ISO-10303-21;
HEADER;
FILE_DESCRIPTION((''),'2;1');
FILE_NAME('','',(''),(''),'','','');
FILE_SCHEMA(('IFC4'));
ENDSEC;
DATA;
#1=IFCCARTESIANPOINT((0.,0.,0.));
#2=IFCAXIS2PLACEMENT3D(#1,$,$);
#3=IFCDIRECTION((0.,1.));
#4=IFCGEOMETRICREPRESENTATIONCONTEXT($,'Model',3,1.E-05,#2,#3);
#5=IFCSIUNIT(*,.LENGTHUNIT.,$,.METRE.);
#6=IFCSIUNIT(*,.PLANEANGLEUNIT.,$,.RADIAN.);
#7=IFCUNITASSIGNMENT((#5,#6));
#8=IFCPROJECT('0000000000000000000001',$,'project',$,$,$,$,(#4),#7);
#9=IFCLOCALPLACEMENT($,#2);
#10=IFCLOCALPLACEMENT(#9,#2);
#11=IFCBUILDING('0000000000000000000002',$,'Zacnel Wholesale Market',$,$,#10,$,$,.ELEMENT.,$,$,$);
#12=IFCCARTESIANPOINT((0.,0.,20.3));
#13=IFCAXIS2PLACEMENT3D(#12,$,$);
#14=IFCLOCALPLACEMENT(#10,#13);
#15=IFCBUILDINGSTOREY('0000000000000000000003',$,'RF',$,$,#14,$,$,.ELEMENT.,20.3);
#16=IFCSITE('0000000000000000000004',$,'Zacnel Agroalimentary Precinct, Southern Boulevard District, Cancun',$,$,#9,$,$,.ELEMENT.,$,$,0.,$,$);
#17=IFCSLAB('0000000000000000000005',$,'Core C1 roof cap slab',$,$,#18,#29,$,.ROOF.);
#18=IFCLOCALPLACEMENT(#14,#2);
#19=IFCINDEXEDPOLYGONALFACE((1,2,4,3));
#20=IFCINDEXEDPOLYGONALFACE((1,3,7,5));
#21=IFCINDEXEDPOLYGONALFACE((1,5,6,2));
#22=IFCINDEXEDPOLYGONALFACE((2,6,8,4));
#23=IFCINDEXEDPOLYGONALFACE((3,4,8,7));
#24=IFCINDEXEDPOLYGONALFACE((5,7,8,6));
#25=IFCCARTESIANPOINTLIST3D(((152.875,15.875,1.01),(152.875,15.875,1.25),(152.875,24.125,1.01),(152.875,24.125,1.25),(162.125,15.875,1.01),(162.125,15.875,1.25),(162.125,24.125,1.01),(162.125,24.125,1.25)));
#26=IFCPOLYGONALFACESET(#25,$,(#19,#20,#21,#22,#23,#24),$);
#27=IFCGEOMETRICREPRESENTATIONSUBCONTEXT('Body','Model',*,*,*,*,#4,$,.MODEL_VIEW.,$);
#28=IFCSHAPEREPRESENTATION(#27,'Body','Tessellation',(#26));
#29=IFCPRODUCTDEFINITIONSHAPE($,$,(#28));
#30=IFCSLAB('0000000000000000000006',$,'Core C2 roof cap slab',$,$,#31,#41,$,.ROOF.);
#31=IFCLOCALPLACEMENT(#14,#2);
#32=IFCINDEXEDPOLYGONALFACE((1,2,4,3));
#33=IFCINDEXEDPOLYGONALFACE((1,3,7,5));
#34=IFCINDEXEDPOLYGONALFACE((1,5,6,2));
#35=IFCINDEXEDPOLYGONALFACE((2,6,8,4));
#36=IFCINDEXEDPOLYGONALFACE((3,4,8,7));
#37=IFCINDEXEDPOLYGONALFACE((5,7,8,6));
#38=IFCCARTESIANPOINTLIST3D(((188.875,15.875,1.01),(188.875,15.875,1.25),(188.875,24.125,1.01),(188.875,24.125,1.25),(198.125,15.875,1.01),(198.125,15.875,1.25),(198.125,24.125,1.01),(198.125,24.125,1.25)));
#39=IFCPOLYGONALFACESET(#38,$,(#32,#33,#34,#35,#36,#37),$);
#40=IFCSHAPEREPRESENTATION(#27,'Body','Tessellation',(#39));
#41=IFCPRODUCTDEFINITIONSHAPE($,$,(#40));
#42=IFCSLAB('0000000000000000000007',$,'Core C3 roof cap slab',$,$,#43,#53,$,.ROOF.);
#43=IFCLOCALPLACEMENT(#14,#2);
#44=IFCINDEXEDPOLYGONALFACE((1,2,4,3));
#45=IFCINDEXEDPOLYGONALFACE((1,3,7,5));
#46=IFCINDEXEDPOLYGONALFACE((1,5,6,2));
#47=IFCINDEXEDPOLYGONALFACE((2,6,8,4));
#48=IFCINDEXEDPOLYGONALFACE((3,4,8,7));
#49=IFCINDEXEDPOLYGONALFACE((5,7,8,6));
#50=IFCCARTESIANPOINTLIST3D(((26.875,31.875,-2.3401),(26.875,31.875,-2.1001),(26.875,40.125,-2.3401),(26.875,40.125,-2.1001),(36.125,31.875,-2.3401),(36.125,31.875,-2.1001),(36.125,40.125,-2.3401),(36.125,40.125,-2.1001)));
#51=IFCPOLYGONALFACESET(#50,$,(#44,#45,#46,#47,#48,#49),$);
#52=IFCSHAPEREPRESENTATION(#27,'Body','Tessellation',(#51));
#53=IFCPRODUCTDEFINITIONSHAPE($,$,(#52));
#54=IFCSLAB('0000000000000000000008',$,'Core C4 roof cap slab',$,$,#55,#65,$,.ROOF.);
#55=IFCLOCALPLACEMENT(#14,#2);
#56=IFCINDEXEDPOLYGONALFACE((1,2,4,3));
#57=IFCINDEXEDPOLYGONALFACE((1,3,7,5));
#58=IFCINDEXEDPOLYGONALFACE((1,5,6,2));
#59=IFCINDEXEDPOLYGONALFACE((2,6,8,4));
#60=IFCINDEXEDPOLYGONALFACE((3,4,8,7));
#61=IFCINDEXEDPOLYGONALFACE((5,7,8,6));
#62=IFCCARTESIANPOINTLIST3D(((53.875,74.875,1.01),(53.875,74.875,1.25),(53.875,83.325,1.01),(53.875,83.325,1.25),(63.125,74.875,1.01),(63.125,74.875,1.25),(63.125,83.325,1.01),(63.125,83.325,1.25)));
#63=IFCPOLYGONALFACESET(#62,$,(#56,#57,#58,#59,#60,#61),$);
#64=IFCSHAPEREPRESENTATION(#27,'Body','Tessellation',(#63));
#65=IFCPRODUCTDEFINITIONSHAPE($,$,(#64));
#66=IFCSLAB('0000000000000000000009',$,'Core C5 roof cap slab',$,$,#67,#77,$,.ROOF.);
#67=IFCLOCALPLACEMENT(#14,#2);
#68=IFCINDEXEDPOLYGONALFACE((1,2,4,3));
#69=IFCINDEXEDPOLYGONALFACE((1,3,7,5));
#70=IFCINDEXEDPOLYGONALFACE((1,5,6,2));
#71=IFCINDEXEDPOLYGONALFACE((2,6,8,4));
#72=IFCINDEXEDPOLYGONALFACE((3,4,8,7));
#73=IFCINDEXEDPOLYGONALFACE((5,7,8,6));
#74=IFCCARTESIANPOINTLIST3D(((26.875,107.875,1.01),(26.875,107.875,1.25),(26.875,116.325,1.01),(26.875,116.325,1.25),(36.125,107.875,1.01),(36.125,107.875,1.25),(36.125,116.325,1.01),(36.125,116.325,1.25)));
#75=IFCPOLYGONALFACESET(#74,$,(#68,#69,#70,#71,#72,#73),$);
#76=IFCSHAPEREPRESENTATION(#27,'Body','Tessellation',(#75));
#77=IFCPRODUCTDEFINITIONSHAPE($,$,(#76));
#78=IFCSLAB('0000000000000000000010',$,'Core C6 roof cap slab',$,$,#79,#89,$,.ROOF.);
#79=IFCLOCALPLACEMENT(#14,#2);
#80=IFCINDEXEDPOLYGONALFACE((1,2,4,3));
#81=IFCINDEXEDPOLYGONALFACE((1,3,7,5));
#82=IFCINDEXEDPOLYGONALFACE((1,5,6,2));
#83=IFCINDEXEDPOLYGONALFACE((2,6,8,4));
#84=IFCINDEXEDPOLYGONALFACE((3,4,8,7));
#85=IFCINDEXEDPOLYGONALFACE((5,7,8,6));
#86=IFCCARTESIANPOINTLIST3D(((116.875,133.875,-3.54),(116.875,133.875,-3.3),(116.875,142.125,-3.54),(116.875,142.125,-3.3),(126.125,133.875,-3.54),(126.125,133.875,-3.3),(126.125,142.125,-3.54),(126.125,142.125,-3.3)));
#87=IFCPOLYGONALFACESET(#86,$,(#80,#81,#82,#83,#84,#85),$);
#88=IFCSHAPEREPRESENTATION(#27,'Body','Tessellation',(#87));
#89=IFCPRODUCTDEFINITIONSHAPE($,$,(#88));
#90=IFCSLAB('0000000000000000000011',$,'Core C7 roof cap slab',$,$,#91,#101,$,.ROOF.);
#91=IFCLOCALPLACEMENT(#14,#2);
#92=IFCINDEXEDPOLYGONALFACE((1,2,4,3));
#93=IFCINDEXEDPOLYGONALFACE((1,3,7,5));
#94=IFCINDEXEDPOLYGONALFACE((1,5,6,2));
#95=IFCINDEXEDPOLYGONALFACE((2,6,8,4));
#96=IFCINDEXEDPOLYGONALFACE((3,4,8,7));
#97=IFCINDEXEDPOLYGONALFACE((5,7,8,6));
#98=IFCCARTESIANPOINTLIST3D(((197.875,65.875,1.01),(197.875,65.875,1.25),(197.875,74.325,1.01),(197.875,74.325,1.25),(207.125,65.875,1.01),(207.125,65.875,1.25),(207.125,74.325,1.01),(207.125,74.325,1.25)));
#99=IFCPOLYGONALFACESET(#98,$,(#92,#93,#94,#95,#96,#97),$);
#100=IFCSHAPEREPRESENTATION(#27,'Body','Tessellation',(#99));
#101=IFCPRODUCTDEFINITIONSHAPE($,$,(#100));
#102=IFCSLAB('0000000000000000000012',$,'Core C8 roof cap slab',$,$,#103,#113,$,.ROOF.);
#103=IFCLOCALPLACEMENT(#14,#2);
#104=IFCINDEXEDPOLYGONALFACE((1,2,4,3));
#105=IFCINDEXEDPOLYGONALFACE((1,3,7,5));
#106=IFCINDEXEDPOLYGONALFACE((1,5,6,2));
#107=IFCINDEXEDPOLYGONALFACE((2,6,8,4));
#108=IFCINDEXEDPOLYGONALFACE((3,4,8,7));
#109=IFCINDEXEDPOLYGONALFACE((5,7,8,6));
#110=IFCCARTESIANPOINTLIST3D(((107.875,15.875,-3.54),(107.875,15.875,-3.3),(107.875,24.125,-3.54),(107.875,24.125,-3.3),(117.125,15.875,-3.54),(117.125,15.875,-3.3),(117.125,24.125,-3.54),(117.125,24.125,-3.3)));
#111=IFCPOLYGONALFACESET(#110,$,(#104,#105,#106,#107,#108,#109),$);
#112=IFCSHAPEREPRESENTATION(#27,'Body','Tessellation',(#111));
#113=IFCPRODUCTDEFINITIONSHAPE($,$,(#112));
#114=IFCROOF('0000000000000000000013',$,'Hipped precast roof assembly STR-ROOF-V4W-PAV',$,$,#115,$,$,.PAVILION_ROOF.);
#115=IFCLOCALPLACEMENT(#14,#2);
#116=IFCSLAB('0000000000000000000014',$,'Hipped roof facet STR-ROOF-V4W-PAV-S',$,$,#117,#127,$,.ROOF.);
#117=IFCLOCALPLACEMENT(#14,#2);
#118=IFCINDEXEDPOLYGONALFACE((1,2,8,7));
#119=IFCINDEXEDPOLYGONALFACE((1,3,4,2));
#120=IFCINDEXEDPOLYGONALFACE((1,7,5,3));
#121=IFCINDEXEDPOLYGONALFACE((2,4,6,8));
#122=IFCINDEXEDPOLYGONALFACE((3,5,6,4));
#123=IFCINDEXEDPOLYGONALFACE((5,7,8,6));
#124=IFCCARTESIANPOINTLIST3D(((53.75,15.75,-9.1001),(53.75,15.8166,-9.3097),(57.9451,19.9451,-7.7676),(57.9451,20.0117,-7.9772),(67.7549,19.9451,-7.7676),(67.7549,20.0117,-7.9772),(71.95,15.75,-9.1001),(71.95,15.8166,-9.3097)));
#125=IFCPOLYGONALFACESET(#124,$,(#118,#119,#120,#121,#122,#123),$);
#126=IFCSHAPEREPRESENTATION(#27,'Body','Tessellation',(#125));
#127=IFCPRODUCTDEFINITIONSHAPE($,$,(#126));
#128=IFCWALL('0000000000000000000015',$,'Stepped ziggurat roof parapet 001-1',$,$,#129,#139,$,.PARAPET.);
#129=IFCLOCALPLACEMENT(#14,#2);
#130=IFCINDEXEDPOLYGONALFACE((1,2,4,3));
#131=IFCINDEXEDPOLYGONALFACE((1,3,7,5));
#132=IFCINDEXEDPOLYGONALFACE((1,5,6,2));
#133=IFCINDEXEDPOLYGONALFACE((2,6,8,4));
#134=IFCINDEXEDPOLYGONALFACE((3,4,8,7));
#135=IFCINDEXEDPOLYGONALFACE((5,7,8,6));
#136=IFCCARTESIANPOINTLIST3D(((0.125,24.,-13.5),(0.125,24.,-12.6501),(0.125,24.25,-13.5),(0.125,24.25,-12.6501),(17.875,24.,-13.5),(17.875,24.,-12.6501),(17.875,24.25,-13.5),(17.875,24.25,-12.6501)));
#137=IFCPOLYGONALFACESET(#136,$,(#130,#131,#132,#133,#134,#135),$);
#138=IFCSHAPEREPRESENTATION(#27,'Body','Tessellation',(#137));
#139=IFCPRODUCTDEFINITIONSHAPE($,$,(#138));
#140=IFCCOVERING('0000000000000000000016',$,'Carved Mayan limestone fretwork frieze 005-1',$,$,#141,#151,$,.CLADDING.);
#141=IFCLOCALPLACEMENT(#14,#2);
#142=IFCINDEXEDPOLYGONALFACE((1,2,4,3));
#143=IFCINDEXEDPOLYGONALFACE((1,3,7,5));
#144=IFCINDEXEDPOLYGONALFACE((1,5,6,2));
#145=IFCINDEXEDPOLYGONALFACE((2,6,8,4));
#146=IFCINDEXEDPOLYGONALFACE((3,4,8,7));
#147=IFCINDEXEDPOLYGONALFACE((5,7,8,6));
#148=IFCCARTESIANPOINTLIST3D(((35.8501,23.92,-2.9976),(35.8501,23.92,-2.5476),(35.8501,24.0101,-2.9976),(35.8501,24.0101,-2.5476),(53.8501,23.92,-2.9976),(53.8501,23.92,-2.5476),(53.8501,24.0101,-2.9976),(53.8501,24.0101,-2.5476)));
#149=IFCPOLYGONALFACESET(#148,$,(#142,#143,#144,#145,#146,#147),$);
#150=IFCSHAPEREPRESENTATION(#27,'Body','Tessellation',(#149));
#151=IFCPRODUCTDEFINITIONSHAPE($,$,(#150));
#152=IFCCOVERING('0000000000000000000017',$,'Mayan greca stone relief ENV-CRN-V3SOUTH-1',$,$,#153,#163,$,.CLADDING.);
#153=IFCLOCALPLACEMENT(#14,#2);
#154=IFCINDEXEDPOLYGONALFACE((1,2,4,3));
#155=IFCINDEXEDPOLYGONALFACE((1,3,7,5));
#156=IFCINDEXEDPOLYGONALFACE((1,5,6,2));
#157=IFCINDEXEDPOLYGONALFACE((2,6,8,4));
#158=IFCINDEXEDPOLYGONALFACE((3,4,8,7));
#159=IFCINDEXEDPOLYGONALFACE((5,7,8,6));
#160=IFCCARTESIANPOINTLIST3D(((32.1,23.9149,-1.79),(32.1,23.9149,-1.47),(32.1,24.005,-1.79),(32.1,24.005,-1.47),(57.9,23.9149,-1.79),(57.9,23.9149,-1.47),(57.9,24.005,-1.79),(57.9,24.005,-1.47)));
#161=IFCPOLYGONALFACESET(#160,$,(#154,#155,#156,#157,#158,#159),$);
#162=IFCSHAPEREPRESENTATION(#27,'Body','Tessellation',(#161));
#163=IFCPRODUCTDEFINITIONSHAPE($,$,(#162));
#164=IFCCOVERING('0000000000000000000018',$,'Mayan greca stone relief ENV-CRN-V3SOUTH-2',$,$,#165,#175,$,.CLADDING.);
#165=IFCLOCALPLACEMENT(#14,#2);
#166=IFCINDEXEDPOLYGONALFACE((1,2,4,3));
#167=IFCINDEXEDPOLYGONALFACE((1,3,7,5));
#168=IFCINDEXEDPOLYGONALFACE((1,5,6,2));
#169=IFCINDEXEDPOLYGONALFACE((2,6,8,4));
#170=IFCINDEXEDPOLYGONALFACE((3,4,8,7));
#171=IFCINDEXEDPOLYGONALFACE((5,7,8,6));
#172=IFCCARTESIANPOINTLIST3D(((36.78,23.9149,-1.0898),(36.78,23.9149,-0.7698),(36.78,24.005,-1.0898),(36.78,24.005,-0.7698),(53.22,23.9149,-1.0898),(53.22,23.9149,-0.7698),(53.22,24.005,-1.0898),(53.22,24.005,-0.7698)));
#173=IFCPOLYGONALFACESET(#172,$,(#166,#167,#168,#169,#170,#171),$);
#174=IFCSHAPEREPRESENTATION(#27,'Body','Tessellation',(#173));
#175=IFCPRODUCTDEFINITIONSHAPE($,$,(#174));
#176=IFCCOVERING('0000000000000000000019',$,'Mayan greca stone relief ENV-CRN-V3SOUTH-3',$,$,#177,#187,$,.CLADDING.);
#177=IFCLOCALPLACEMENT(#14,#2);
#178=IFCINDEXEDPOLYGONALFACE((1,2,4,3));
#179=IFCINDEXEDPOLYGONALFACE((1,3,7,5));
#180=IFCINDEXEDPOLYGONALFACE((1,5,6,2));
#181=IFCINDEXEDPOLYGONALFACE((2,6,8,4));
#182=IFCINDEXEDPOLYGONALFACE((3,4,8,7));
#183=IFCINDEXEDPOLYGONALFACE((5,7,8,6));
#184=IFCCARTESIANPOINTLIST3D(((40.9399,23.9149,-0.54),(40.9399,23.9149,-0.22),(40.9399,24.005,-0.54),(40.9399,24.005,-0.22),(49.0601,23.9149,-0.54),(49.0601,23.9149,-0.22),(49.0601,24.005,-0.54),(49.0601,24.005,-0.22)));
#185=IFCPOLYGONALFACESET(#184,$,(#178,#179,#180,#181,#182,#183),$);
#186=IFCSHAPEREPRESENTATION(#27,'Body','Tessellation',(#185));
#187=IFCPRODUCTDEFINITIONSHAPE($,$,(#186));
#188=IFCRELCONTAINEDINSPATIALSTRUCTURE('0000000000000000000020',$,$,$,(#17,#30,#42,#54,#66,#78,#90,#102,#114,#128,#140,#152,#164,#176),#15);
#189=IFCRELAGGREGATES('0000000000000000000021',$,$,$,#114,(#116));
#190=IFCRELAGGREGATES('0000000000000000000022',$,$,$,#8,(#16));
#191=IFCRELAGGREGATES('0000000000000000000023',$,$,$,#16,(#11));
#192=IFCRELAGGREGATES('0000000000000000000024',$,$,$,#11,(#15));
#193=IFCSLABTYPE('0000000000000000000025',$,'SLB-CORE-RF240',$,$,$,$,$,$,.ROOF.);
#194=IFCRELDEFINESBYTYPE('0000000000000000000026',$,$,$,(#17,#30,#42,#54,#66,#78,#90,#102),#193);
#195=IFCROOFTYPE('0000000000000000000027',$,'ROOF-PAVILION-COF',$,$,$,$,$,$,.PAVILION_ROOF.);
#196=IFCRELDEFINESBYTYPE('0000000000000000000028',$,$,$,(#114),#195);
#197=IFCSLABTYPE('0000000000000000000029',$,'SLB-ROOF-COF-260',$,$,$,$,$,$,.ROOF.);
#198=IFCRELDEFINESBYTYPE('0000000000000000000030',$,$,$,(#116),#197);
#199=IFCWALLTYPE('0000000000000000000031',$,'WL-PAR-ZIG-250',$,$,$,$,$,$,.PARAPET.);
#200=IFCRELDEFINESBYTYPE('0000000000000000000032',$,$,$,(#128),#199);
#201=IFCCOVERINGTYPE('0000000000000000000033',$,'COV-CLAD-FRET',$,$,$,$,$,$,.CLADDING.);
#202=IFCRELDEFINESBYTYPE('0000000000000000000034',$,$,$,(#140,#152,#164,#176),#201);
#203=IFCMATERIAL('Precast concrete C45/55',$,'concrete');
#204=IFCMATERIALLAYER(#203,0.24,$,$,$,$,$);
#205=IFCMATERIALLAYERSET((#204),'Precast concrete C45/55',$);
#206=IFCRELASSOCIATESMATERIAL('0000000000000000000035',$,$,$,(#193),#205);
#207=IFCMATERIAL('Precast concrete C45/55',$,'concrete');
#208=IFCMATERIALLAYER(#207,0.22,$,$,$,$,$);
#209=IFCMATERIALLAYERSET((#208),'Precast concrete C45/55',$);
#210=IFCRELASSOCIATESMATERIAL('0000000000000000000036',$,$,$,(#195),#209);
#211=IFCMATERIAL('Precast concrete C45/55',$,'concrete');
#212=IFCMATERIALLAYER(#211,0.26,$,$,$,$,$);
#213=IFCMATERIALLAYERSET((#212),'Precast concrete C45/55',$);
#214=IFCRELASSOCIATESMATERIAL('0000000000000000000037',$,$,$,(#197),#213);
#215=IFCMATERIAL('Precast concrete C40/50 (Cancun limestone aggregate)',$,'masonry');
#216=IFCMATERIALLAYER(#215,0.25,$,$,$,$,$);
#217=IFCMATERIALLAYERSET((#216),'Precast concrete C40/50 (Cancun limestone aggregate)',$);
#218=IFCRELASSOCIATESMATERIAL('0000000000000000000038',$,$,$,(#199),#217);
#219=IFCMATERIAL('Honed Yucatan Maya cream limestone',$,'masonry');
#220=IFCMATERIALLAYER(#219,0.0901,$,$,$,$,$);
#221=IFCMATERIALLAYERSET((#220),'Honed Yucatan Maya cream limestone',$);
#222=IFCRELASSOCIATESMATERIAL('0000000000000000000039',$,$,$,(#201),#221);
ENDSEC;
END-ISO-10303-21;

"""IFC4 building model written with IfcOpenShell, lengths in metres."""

from ifc_helpers import new_model, si_unit, direction, frame, frame_2d, origin, origin_2d, place, context, subcontext, project, spatial, polyline, rectangle, outline, extrude, material, layer, layer_set, type_object, element, aggregate, save


model = new_model("IFC4")

# Units and contexts
model_context = context("Model", 3, precision=1e-05, world=origin(), true_north=direction((0.0, 1.0)))
body_context = subcontext(model_context, "Body", "Model", "MODEL_VIEW")
ifc_project = project(units=[si_unit("LENGTHUNIT", "METRE"), si_unit("PLANEANGLEUNIT", "RADIAN")], contexts=[model_context])

# Site, building, storey
site_placement = place(None, origin())
site = spatial("IfcSite", under=ifc_project, at=site_placement, Name="Zacnel Agroalimentary Precinct, Southern Boulevard District, Cancun", CompositionType="ELEMENT", RefElevation=0.0)
building_placement = place(site_placement, origin())
building = spatial("IfcBuilding", under=site, at=building_placement, Name="Zacnel Wholesale Market", CompositionType="ELEMENT")
storey_placement = place(building_placement, frame((0.0, 0.0, 20.3)))
storey = spatial("IfcBuildingStorey", under=building, at=storey_placement, Name="RF", CompositionType="ELEMENT", Elevation=20.3)

# Slabs
ifc_material_1 = material(Name="Precast concrete C45/55", Category="concrete")
ifc_layer_1 = layer(ifc_material_1, 0.24)
ifc_layer_set_1 = layer_set([ifc_layer_1], Name="Precast concrete C45/55")
slab_type_1 = type_object("IfcSlabType", Name="SLB-CORE-RF240", PredefinedType="ROOF", material=ifc_layer_set_1)
slab_1_placement = place(storey_placement, frame((0.0, 0.0, 1.01)))
element("IfcSlab", 1, at=slab_1_placement, inside=storey, type_object=slab_type_1, Name="Core C1 roof cap slab", PredefinedType="ROOF", context=body_context, shape_type="SweptSolid", body=[
    extrude(outline(polyline([(152.875, 15.875), (162.125, 15.875), (162.125, 24.125), (152.875, 24.125), (152.875, 15.875)])), origin(), (0.0, 0.0, 1.0), 0.24),
])
slab_2_placement = place(storey_placement, frame((0.0, 0.0, 1.01)))
element("IfcSlab", 2, at=slab_2_placement, inside=storey, type_object=slab_type_1, Name="Core C2 roof cap slab", PredefinedType="ROOF", context=body_context, shape_type="SweptSolid", body=[
    extrude(outline(polyline([(188.875, 15.875), (198.125, 15.875), (198.125, 24.125), (188.875, 24.125), (188.875, 15.875)])), origin(), (0.0, 0.0, 1.0), 0.24),
])
slab_3_placement = place(storey_placement, frame((0.0, 0.0, -2.3401)))
element("IfcSlab", 3, at=slab_3_placement, inside=storey, type_object=slab_type_1, Name="Core C3 roof cap slab", PredefinedType="ROOF", context=body_context, shape_type="SweptSolid", body=[
    extrude(outline(polyline([(26.875, 31.875), (36.125, 31.875), (36.125, 40.125), (26.875, 40.125), (26.875, 31.875)])), origin(), (0.0, 0.0, 1.0), 0.24),
])
slab_4_placement = place(storey_placement, frame((0.0, 0.0, 1.01)))
element("IfcSlab", 4, at=slab_4_placement, inside=storey, type_object=slab_type_1, Name="Core C4 roof cap slab", PredefinedType="ROOF", context=body_context, shape_type="SweptSolid", body=[
    extrude(outline(polyline([(53.875, 74.875), (63.125, 74.875), (63.125, 83.325), (53.875, 83.325), (53.875, 74.875)])), origin(), (0.0, 0.0, 1.0), 0.24),
])
slab_5_placement = place(storey_placement, frame((0.0, 0.0, 1.01)))
element("IfcSlab", 5, at=slab_5_placement, inside=storey, type_object=slab_type_1, Name="Core C5 roof cap slab", PredefinedType="ROOF", context=body_context, shape_type="SweptSolid", body=[
    extrude(outline(polyline([(26.875, 107.875), (36.125, 107.875), (36.125, 116.325), (26.875, 116.325), (26.875, 107.875)])), origin(), (0.0, 0.0, 1.0), 0.24),
])
slab_6_placement = place(storey_placement, frame((0.0, 0.0, -3.54)))
element("IfcSlab", 6, at=slab_6_placement, inside=storey, type_object=slab_type_1, Name="Core C6 roof cap slab", PredefinedType="ROOF", context=body_context, shape_type="SweptSolid", body=[
    extrude(outline(polyline([(116.875, 133.875), (126.125, 133.875), (126.125, 142.125), (116.875, 142.125), (116.875, 133.875)])), origin(), (0.0, 0.0, 1.0), 0.24),
])
slab_7_placement = place(storey_placement, frame((0.0, 0.0, 1.01)))
element("IfcSlab", 7, at=slab_7_placement, inside=storey, type_object=slab_type_1, Name="Core C7 roof cap slab", PredefinedType="ROOF", context=body_context, shape_type="SweptSolid", body=[
    extrude(outline(polyline([(197.875, 65.875), (207.125, 65.875), (207.125, 74.325), (197.875, 74.325), (197.875, 65.875)])), origin(), (0.0, 0.0, 1.0), 0.24),
])
slab_8_placement = place(storey_placement, frame((0.0, 0.0, -3.54)))
element("IfcSlab", 8, at=slab_8_placement, inside=storey, type_object=slab_type_1, Name="Core C8 roof cap slab", PredefinedType="ROOF", context=body_context, shape_type="SweptSolid", body=[
    extrude(outline(polyline([(107.875, 15.875), (117.125, 15.875), (117.125, 24.125), (107.875, 24.125), (107.875, 15.875)])), origin(), (0.0, 0.0, 1.0), 0.24),
])

# Roof, slab
ifc_material_2 = material(Name="Precast concrete C45/55", Category="concrete")
ifc_layer_2 = layer(ifc_material_2, 0.22)
ifc_layer_set_2 = layer_set([ifc_layer_2], Name="Precast concrete C45/55")
roof_type = type_object("IfcRoofType", Name="ROOF-PAVILION-COF", PredefinedType="PAVILION_ROOF", material=ifc_layer_set_2)
roof_placement = place(storey_placement, origin())
roof = element("IfcRoof", 9, at=roof_placement, inside=storey, type_object=roof_type, Name="Hipped precast roof assembly STR-ROOF-V4W-PAV", PredefinedType="PAVILION_ROOF")
ifc_material_3 = material(Name="Precast concrete C45/55", Category="concrete")
ifc_layer_3 = layer(ifc_material_3, 0.26)
ifc_layer_set_3 = layer_set([ifc_layer_3], Name="Precast concrete C45/55")
slab_type_2 = type_object("IfcSlabType", Name="SLB-ROOF-COF-260", PredefinedType="ROOF", material=ifc_layer_set_3)
slab_9_placement = place(storey_placement, frame((53.75, 15.75, -9.1001), z_axis=(0.0, -0.302734, 0.953075), x_axis=(1.0, 0.0, 0.0)))
slab_9 = element("IfcSlab", 10, at=slab_9_placement, type_object=slab_type_2, Name="Hipped roof facet STR-ROOF-V4W-PAV-S", PredefinedType="ROOF", context=body_context, shape_type="SweptSolid", body=[
    extrude(outline(polyline([(0.0, 0.0), (18.2, 0.0), (14.0049, 4.4016), (4.1951, 4.4016), (0.0, 0.0)])), origin(), (0.0, 0.0, -1.0), 0.22),
])
aggregate(roof, [slab_9])

# Wall
ifc_material_4 = material(Name="Precast concrete C40/50 (Cancun limestone aggregate)", Category="masonry")
ifc_layer_4 = layer(ifc_material_4, 0.25)
ifc_layer_set_4 = layer_set([ifc_layer_4], Name="Precast concrete C40/50 (Cancun limestone aggregate)")
wall_type = type_object("IfcWallType", Name="WL-PAR-ZIG-250", PredefinedType="PARAPET", material=ifc_layer_set_4)
wall_placement = place(storey_placement, frame((0.125, 24.125, -13.5), z_axis=(0.0, 0.0, 1.0), x_axis=(1.0, 0.0, 0.0)))
element("IfcWall", 11, at=wall_placement, inside=storey, type_object=wall_type, Name="Stepped ziggurat roof parapet 001-1", PredefinedType="PARAPET", context=body_context, shape_type="SweptSolid", body=[
    extrude(rectangle(XDim=17.75, YDim=0.25, at=frame_2d((8.875, 0.0))), origin(), (0.0, 0.0, 1.0), 0.8499),
])

# Coverings
ifc_material_5 = material(Name="Honed Yucatan Maya cream limestone", Category="masonry")
ifc_layer_5 = layer(ifc_material_5, 0.0901)
ifc_layer_set_5 = layer_set([ifc_layer_5], Name="Honed Yucatan Maya cream limestone")
covering_type_1 = type_object("IfcCoveringType", Name="COV-CLAD-FRET", PredefinedType="CLADDING", material=ifc_layer_set_5)
covering_1_placement = place(storey_placement, frame((44.8501, 23.9651, -2.9976), z_axis=(0.0, 0.0, 1.0), x_axis=(1.0, 0.0, 0.0)))
element("IfcCovering", 12, at=covering_1_placement, inside=storey, type_object=covering_type_1, Name="Carved Mayan limestone fretwork frieze 005-1", PredefinedType="CLADDING", context=body_context, shape_type="SweptSolid", body=[
    extrude(rectangle(XDim=18.0, YDim=0.0901, at=origin_2d()), origin(), (0.0, 0.0, 1.0), 0.45),
])
covering_2_placement = place(storey_placement, frame((45.0, 23.96, -1.79), z_axis=(0.0, 0.0, 1.0), x_axis=(1.0, 0.0, 0.0)))
element("IfcCovering", 13, at=covering_2_placement, inside=storey, type_object=covering_type_1, Name="Mayan greca stone relief ENV-CRN-V3SOUTH-1", PredefinedType="CLADDING", context=body_context, shape_type="SweptSolid", body=[
    extrude(rectangle(XDim=25.8, YDim=0.0901, at=origin_2d()), origin(), (0.0, 0.0, 1.0), 0.3201),
])
covering_3_placement = place(storey_placement, frame((45.0, 23.96, -1.0898), z_axis=(0.0, 0.0, 1.0), x_axis=(1.0, 0.0, 0.0)))
element("IfcCovering", 14, at=covering_3_placement, inside=storey, type_object=covering_type_1, Name="Mayan greca stone relief ENV-CRN-V3SOUTH-2", PredefinedType="CLADDING", context=body_context, shape_type="SweptSolid", body=[
    extrude(rectangle(XDim=16.4399, YDim=0.0901, at=origin_2d()), origin(), (0.0, 0.0, 1.0), 0.3201),
])
covering_4_placement = place(storey_placement, frame((45.0, 23.96, -0.54), z_axis=(0.0, 0.0, 1.0), x_axis=(1.0, 0.0, 0.0)))
element("IfcCovering", 15, at=covering_4_placement, inside=storey, type_object=covering_type_1, Name="Mayan greca stone relief ENV-CRN-V3SOUTH-3", PredefinedType="CLADDING", context=body_context, shape_type="SweptSolid", body=[
    extrude(rectangle(XDim=8.1201, YDim=0.0901, at=origin_2d()), origin(), (0.0, 0.0, 1.0), 0.3201),
])

save(model, "model.ifc")
